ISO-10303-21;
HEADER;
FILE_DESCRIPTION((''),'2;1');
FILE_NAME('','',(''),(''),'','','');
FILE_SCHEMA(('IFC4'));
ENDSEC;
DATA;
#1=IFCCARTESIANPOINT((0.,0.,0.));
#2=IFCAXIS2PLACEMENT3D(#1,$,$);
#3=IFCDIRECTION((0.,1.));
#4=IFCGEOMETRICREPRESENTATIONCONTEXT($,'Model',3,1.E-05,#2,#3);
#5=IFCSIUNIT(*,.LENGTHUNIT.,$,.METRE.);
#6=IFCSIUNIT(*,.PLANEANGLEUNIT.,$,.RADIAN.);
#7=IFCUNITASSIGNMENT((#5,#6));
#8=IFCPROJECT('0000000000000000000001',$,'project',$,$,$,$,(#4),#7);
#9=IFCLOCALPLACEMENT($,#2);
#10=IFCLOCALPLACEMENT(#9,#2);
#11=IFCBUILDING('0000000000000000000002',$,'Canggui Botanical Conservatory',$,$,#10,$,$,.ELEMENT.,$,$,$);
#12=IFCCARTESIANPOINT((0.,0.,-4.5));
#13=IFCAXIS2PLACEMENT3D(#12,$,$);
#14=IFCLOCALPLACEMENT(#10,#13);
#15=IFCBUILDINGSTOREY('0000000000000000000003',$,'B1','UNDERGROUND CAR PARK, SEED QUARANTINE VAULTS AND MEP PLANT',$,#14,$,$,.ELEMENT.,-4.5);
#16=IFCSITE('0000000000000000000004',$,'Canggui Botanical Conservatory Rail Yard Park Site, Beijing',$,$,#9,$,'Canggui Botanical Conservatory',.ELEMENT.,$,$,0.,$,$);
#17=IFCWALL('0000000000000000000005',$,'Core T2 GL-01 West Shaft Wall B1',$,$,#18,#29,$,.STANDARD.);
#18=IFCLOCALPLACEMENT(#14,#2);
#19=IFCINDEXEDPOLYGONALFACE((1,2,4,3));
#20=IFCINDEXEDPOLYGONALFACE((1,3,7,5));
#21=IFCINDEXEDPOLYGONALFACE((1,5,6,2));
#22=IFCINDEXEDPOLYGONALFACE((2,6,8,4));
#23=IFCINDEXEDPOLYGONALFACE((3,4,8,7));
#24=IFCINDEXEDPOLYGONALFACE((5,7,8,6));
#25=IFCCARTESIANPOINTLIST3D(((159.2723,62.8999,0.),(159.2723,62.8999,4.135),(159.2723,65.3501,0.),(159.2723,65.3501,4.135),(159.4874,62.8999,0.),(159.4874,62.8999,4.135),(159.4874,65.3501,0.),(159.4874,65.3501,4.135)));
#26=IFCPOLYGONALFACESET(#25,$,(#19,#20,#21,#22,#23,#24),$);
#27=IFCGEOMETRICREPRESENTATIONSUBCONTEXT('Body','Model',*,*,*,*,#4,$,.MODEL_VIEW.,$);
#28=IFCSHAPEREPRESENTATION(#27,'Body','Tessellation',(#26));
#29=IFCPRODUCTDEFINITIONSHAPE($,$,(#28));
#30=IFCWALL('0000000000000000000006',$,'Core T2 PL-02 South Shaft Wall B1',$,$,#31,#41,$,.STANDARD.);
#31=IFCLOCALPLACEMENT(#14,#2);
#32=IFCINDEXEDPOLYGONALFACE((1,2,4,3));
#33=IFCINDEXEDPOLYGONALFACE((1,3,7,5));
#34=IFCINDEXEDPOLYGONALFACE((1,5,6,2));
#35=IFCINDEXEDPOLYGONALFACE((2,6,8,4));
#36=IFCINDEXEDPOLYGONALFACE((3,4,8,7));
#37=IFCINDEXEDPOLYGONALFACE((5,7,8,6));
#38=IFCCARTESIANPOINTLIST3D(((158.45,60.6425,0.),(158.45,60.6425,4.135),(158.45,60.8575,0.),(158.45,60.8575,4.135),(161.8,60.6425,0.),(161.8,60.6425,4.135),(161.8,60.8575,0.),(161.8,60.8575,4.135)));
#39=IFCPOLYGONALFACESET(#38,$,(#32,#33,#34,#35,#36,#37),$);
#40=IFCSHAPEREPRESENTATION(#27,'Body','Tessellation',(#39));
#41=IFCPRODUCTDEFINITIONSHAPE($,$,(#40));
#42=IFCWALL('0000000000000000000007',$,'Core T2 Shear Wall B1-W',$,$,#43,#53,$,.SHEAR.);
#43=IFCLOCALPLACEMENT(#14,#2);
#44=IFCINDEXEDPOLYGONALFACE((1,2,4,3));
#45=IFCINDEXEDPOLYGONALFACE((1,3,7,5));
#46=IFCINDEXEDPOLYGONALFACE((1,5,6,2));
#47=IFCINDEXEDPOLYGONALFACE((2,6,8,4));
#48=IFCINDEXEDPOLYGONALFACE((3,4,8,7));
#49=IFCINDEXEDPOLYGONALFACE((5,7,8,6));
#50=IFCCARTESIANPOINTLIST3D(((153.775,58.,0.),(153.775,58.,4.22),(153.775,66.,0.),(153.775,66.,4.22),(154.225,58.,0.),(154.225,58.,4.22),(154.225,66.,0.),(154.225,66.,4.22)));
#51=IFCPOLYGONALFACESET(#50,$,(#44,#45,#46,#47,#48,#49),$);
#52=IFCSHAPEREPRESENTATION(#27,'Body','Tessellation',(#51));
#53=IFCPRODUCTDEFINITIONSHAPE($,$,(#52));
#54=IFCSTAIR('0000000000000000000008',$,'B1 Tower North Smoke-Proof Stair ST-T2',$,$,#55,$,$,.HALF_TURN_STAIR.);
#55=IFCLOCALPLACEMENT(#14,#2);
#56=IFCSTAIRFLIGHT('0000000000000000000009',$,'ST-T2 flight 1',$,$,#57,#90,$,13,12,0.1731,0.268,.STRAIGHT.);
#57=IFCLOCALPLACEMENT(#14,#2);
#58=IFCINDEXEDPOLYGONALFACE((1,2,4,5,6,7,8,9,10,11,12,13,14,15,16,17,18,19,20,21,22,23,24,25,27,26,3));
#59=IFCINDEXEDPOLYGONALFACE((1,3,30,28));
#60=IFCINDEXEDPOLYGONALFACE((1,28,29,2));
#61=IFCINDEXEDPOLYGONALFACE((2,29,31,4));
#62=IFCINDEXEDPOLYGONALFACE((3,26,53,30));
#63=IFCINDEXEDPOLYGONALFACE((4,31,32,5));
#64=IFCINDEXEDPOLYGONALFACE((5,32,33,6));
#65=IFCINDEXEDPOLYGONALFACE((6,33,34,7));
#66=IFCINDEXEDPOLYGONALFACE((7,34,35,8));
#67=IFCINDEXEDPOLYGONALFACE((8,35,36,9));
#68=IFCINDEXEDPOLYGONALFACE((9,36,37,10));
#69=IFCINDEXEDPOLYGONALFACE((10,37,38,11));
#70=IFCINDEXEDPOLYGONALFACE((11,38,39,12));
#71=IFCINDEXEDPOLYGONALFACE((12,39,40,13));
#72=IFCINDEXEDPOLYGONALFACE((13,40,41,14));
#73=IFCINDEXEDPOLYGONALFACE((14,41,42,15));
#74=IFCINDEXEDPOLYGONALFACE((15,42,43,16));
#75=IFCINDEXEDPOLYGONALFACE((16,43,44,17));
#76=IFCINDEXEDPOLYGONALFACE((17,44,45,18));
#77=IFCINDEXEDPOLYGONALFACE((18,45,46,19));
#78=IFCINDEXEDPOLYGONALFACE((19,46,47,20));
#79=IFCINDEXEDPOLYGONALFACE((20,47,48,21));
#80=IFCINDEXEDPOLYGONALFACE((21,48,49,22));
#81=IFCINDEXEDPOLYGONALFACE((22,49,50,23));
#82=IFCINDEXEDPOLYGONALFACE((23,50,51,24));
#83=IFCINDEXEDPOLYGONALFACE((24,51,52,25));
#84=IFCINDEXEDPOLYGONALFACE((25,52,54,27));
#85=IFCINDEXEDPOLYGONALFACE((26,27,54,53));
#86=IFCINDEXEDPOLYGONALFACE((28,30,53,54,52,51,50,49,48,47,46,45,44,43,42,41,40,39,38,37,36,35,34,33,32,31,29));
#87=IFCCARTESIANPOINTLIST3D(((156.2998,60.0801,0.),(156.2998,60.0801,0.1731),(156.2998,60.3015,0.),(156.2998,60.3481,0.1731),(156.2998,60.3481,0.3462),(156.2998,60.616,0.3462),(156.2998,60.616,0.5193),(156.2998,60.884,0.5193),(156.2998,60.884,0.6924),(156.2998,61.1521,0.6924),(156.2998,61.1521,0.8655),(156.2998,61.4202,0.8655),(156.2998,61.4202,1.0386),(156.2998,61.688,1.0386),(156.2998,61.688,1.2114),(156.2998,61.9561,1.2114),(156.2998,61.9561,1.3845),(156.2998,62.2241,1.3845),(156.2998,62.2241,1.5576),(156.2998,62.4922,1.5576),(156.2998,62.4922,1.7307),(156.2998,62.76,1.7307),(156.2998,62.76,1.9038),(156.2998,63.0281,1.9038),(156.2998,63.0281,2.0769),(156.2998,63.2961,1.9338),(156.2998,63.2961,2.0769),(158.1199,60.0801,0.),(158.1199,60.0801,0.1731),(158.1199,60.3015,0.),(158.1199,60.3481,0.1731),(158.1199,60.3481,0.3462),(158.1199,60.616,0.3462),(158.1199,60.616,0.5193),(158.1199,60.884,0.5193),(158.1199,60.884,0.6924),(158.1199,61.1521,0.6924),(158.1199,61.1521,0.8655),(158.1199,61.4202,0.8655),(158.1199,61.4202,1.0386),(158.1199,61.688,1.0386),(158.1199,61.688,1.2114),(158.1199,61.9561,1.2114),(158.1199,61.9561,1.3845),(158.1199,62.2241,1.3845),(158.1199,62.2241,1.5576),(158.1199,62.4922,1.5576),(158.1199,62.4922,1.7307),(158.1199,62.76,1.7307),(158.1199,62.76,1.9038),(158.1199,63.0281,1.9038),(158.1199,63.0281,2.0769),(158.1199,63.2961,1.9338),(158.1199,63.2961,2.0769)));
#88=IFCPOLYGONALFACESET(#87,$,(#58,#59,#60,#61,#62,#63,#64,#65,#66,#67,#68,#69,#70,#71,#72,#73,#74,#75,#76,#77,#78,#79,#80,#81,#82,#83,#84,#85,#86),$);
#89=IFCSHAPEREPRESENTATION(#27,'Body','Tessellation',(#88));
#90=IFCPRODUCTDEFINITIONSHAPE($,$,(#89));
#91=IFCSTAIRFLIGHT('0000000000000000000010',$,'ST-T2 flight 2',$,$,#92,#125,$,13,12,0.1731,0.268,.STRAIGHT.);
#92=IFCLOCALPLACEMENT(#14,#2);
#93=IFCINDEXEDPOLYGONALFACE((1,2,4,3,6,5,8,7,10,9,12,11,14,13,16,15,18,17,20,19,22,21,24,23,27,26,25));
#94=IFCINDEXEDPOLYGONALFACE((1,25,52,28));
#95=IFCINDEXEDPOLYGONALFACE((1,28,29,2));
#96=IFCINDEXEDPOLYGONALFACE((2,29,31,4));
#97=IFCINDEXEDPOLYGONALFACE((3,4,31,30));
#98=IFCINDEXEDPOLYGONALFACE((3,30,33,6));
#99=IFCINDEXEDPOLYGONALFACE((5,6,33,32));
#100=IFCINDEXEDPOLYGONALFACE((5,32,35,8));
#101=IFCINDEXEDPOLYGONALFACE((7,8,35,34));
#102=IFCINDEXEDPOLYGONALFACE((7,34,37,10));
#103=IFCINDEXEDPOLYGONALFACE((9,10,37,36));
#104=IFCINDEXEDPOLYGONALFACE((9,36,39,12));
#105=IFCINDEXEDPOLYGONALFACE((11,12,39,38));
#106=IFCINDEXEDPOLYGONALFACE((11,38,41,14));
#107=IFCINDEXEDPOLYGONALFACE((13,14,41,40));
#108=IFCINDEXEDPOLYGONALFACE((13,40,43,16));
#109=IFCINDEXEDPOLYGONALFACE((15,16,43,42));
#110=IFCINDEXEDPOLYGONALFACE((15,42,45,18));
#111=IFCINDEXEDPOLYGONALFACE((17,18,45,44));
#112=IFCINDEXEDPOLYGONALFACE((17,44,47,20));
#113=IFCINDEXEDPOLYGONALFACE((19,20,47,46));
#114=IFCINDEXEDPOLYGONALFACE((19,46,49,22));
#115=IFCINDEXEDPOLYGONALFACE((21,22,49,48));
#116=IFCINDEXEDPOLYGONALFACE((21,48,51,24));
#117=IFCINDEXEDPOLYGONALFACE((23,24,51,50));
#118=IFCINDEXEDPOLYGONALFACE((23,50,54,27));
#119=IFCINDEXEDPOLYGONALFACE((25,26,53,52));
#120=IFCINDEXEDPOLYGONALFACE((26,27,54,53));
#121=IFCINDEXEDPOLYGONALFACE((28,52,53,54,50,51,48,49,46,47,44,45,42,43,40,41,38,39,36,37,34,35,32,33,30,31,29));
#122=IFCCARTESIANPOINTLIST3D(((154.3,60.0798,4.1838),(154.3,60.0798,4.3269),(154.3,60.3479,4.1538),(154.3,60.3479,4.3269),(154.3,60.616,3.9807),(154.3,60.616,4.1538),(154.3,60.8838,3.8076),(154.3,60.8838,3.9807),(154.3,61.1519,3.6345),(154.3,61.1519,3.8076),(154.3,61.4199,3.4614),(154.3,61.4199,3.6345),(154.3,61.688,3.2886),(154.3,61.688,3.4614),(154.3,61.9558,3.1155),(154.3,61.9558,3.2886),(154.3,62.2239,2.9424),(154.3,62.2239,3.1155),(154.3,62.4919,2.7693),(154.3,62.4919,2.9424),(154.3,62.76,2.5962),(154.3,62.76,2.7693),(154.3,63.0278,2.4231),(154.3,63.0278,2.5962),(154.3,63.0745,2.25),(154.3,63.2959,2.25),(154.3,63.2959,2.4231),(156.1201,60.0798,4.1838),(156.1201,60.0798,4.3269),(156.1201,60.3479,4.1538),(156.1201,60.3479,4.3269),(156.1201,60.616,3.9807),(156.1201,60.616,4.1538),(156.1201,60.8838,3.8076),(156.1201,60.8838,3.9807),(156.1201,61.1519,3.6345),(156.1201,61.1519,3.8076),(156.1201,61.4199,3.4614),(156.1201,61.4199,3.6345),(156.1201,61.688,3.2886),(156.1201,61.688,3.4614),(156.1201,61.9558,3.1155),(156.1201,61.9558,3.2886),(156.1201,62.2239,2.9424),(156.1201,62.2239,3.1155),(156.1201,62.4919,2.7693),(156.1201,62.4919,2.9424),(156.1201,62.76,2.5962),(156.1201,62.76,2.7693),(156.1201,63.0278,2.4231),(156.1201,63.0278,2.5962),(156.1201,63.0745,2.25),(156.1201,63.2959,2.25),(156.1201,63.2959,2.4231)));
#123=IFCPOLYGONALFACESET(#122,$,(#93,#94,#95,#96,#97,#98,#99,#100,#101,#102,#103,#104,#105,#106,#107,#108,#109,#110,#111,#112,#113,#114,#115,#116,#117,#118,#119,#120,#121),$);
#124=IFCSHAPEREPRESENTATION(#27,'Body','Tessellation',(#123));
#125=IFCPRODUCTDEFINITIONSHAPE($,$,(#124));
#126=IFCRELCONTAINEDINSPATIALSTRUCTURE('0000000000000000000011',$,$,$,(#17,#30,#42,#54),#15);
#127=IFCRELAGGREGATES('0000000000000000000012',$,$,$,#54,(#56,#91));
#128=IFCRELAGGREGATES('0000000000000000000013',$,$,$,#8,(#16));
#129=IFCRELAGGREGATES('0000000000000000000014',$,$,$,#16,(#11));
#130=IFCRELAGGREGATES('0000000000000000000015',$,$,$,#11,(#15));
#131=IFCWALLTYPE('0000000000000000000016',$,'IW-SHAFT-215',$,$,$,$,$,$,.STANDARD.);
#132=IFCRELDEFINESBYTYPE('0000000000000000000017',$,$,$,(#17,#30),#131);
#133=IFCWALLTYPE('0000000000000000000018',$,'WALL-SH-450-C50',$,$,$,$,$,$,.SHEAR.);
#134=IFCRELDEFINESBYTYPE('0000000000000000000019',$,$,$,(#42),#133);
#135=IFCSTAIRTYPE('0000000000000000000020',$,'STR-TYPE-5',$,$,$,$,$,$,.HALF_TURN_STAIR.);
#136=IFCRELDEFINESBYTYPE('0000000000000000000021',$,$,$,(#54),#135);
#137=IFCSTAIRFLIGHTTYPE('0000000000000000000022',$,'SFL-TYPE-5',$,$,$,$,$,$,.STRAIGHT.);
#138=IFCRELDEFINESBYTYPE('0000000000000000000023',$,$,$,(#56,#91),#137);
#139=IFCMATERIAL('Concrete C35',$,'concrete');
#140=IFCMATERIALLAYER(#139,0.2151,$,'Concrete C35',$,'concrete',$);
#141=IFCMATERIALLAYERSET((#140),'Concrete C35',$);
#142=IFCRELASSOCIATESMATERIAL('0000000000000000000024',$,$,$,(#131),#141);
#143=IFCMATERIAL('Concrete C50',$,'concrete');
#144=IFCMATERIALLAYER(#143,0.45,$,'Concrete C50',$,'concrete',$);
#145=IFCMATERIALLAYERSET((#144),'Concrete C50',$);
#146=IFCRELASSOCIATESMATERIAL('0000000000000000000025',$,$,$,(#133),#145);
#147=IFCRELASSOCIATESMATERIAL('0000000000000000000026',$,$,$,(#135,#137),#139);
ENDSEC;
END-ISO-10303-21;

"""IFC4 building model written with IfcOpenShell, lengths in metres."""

from ifc_helpers import new_model, si_unit, direction, frame, frame_2d, origin, place, context, subcontext, project, spatial, polyline, rectangle, outline, extrude, material, layer, layer_set, type_object, element, aggregate, save


model = new_model("IFC4")

# Units and contexts
model_context = context("Model", 3, precision=1e-05, world=origin(), true_north=direction((0.0, 1.0)))
body_context = subcontext(model_context, "Body", "Model", "MODEL_VIEW")
ifc_project = project(units=[si_unit("LENGTHUNIT", "METRE"), si_unit("PLANEANGLEUNIT", "RADIAN")], contexts=[model_context])

# Site, building, storey
site_placement = place(None, origin())
site = spatial("IfcSite", under=ifc_project, at=site_placement, Name="Canggui Botanical Conservatory Rail Yard Park Site, Beijing", LongName="Canggui Botanical Conservatory", CompositionType="ELEMENT", RefElevation=0.0)
building_placement = place(site_placement, origin())
building = spatial("IfcBuilding", under=site, at=building_placement, Name="Canggui Botanical Conservatory", CompositionType="ELEMENT")
storey_placement = place(building_placement, frame((0.0, 0.0, -4.5)))
storey = spatial("IfcBuildingStorey", under=building, at=storey_placement, Name="B1", Description="UNDERGROUND CAR PARK, SEED QUARANTINE VAULTS AND MEP PLANT", CompositionType="ELEMENT", Elevation=-4.5)

# Shared definitions
ifc_material_1 = material(Name="Concrete C50", Category="concrete")

# Shared definitions
ifc_material_2 = material(Name="Concrete C35", Category="concrete")

# Walls
ifc_layer_1 = layer(ifc_material_2, 0.2151, Name="Concrete C35", Category="concrete")
ifc_layer_set_1 = layer_set([ifc_layer_1], Name="Concrete C35")
wall_type_1 = type_object("IfcWallType", Name="IW-SHAFT-215", PredefinedType="STANDARD", material=ifc_layer_set_1)
wall_1_placement = place(storey_placement, frame((159.3799, 62.8999, 0.0), z_axis=(0.0, 0.0, 1.0), x_axis=(0.0, 1.0, 0.0)))
element("IfcWall", 1, at=wall_1_placement, inside=storey, type_object=wall_type_1, Name="Core T2 GL-01 West Shaft Wall B1", PredefinedType="STANDARD", context=body_context, shape_type="SweptSolid", body=[
    extrude(rectangle(XDim=2.4502, YDim=0.2151, at=frame_2d((1.2251, 0.0))), origin(), (0.0, 0.0, 1.0), 4.135),
])
wall_2_placement = place(storey_placement, frame((158.45, 60.75, 0.0), z_axis=(0.0, 0.0, 1.0), x_axis=(1.0, 0.0, 0.0)))
element("IfcWall", 2, at=wall_2_placement, inside=storey, type_object=wall_type_1, Name="Core T2 PL-02 South Shaft Wall B1", PredefinedType="STANDARD", context=body_context, shape_type="SweptSolid", body=[
    extrude(rectangle(XDim=3.3501, YDim=0.2151, at=frame_2d((1.675, 0.0))), origin(), (0.0, 0.0, 1.0), 4.135),
])
ifc_layer_2 = layer(ifc_material_1, 0.45, Name="Concrete C50", Category="concrete")
ifc_layer_set_2 = layer_set([ifc_layer_2], Name="Concrete C50")
wall_type_2 = type_object("IfcWallType", Name="WALL-SH-450-C50", PredefinedType="SHEAR", material=ifc_layer_set_2)
wall_3_placement = place(storey_placement, frame((154.0, 66.0, 0.0), z_axis=(0.0, 0.0, 1.0), x_axis=(0.0, -1.0, 0.0)))
element("IfcWall", 3, at=wall_3_placement, inside=storey, type_object=wall_type_2, Name="Core T2 Shear Wall B1-W", PredefinedType="SHEAR", context=body_context, shape_type="SweptSolid", body=[
    extrude(rectangle(XDim=8.0, YDim=0.45, at=frame_2d((4.0, 0.0))), origin(), (0.0, 0.0, 1.0), 4.22),
])

# Stair, stair flights
stair_type = type_object("IfcStairType", Name="STR-TYPE-5", PredefinedType="HALF_TURN_STAIR", material=ifc_material_2)
stair_placement = place(storey_placement, origin())
stair = element("IfcStair", 4, at=stair_placement, inside=storey, type_object=stair_type, Name="B1 Tower North Smoke-Proof Stair ST-T2", PredefinedType="HALF_TURN_STAIR")
stair_flight_type = type_object("IfcStairFlightType", Name="SFL-TYPE-5", PredefinedType="STRAIGHT", material=ifc_material_2)
stair_flight_1_placement = place(storey_placement, frame((157.21, 60.0801, 0.0), z_axis=(0.0, 0.0, 1.0), x_axis=(0.0, 1.0, 0.0)))
stair_flight_1 = element("IfcStairFlight", 5, at=stair_flight_1_placement, type_object=stair_flight_type, Name="ST-T2 flight 1", NumberOfRisers=13, NumberOfTreads=12, PredefinedType="STRAIGHT", RiserHeight=0.1731, TreadLength=0.268, context=body_context, shape_type="SweptSolid", body=[
    extrude(outline(polyline([(0.0, 0.0), (0.0, 0.1731), (0.2681, 0.1731), (0.2681, 0.3462), (0.5359, 0.3462), (0.5359, 0.5193), (0.804, 0.5193), (0.804, 0.6924), (1.072, 0.6924), (1.072, 0.8655), (1.3401, 0.8655), (1.3401, 1.0386), (1.6079, 1.0386), (1.6079, 1.2114), (1.876, 1.2114), (1.876, 1.3845), (2.144, 1.3845), (2.144, 1.5576), (2.4121, 1.5576), (2.4121, 1.7307), (2.6799, 1.7307), (2.6799, 1.9038), (2.948, 1.9038), (2.948, 2.0769), (3.2161, 2.0769), (3.2161, 2.25), (3.2161, 1.9338), (0.2214, 0.0), (0.0, 0.0)])), frame((0.0, 0.9102, 0.0), z_axis=(0.0, -1.0, 0.0), x_axis=(1.0, 0.0, 0.0)), (0.0, 0.0, 1.0), 1.8201),
])
stair_flight_2_placement = place(storey_placement, frame((155.21, 63.2959, 2.25), z_axis=(0.0, 0.0, 1.0), x_axis=(0.0, -1.0, 0.0)))
stair_flight_2 = element("IfcStairFlight", 6, at=stair_flight_2_placement, type_object=stair_flight_type, Name="ST-T2 flight 2", NumberOfRisers=13, NumberOfTreads=12, PredefinedType="STRAIGHT", RiserHeight=0.1731, TreadLength=0.268, context=body_context, shape_type="SweptSolid", body=[
    extrude(outline(polyline([(0.0, 0.0), (0.0, 0.1731), (0.2681, 0.1731), (0.2681, 0.3462), (0.5359, 0.3462), (0.5359, 0.5193), (0.804, 0.5193), (0.804, 0.6924), (1.072, 0.6924), (1.072, 0.8655), (1.3401, 0.8655), (1.3401, 1.0386), (1.6079, 1.0386), (1.6079, 1.2114), (1.876, 1.2114), (1.876, 1.3845), (2.144, 1.3845), (2.144, 1.5576), (2.4121, 1.5576), (2.4121, 1.7307), (2.6799, 1.7307), (2.6799, 1.9038), (2.948, 1.9038), (2.948, 2.0769), (3.2161, 2.0769), (3.2161, 2.25), (3.2161, 1.9338), (0.2214, 0.0), (0.0, 0.0)])), frame((0.0, 0.9102, 0.0), z_axis=(0.0, -1.0, 0.0), x_axis=(1.0, 0.0, 0.0)), (0.0, 0.0, 1.0), 1.8201),
])
aggregate(stair, [stair_flight_1, stair_flight_2])

save(model, "model.ifc")
